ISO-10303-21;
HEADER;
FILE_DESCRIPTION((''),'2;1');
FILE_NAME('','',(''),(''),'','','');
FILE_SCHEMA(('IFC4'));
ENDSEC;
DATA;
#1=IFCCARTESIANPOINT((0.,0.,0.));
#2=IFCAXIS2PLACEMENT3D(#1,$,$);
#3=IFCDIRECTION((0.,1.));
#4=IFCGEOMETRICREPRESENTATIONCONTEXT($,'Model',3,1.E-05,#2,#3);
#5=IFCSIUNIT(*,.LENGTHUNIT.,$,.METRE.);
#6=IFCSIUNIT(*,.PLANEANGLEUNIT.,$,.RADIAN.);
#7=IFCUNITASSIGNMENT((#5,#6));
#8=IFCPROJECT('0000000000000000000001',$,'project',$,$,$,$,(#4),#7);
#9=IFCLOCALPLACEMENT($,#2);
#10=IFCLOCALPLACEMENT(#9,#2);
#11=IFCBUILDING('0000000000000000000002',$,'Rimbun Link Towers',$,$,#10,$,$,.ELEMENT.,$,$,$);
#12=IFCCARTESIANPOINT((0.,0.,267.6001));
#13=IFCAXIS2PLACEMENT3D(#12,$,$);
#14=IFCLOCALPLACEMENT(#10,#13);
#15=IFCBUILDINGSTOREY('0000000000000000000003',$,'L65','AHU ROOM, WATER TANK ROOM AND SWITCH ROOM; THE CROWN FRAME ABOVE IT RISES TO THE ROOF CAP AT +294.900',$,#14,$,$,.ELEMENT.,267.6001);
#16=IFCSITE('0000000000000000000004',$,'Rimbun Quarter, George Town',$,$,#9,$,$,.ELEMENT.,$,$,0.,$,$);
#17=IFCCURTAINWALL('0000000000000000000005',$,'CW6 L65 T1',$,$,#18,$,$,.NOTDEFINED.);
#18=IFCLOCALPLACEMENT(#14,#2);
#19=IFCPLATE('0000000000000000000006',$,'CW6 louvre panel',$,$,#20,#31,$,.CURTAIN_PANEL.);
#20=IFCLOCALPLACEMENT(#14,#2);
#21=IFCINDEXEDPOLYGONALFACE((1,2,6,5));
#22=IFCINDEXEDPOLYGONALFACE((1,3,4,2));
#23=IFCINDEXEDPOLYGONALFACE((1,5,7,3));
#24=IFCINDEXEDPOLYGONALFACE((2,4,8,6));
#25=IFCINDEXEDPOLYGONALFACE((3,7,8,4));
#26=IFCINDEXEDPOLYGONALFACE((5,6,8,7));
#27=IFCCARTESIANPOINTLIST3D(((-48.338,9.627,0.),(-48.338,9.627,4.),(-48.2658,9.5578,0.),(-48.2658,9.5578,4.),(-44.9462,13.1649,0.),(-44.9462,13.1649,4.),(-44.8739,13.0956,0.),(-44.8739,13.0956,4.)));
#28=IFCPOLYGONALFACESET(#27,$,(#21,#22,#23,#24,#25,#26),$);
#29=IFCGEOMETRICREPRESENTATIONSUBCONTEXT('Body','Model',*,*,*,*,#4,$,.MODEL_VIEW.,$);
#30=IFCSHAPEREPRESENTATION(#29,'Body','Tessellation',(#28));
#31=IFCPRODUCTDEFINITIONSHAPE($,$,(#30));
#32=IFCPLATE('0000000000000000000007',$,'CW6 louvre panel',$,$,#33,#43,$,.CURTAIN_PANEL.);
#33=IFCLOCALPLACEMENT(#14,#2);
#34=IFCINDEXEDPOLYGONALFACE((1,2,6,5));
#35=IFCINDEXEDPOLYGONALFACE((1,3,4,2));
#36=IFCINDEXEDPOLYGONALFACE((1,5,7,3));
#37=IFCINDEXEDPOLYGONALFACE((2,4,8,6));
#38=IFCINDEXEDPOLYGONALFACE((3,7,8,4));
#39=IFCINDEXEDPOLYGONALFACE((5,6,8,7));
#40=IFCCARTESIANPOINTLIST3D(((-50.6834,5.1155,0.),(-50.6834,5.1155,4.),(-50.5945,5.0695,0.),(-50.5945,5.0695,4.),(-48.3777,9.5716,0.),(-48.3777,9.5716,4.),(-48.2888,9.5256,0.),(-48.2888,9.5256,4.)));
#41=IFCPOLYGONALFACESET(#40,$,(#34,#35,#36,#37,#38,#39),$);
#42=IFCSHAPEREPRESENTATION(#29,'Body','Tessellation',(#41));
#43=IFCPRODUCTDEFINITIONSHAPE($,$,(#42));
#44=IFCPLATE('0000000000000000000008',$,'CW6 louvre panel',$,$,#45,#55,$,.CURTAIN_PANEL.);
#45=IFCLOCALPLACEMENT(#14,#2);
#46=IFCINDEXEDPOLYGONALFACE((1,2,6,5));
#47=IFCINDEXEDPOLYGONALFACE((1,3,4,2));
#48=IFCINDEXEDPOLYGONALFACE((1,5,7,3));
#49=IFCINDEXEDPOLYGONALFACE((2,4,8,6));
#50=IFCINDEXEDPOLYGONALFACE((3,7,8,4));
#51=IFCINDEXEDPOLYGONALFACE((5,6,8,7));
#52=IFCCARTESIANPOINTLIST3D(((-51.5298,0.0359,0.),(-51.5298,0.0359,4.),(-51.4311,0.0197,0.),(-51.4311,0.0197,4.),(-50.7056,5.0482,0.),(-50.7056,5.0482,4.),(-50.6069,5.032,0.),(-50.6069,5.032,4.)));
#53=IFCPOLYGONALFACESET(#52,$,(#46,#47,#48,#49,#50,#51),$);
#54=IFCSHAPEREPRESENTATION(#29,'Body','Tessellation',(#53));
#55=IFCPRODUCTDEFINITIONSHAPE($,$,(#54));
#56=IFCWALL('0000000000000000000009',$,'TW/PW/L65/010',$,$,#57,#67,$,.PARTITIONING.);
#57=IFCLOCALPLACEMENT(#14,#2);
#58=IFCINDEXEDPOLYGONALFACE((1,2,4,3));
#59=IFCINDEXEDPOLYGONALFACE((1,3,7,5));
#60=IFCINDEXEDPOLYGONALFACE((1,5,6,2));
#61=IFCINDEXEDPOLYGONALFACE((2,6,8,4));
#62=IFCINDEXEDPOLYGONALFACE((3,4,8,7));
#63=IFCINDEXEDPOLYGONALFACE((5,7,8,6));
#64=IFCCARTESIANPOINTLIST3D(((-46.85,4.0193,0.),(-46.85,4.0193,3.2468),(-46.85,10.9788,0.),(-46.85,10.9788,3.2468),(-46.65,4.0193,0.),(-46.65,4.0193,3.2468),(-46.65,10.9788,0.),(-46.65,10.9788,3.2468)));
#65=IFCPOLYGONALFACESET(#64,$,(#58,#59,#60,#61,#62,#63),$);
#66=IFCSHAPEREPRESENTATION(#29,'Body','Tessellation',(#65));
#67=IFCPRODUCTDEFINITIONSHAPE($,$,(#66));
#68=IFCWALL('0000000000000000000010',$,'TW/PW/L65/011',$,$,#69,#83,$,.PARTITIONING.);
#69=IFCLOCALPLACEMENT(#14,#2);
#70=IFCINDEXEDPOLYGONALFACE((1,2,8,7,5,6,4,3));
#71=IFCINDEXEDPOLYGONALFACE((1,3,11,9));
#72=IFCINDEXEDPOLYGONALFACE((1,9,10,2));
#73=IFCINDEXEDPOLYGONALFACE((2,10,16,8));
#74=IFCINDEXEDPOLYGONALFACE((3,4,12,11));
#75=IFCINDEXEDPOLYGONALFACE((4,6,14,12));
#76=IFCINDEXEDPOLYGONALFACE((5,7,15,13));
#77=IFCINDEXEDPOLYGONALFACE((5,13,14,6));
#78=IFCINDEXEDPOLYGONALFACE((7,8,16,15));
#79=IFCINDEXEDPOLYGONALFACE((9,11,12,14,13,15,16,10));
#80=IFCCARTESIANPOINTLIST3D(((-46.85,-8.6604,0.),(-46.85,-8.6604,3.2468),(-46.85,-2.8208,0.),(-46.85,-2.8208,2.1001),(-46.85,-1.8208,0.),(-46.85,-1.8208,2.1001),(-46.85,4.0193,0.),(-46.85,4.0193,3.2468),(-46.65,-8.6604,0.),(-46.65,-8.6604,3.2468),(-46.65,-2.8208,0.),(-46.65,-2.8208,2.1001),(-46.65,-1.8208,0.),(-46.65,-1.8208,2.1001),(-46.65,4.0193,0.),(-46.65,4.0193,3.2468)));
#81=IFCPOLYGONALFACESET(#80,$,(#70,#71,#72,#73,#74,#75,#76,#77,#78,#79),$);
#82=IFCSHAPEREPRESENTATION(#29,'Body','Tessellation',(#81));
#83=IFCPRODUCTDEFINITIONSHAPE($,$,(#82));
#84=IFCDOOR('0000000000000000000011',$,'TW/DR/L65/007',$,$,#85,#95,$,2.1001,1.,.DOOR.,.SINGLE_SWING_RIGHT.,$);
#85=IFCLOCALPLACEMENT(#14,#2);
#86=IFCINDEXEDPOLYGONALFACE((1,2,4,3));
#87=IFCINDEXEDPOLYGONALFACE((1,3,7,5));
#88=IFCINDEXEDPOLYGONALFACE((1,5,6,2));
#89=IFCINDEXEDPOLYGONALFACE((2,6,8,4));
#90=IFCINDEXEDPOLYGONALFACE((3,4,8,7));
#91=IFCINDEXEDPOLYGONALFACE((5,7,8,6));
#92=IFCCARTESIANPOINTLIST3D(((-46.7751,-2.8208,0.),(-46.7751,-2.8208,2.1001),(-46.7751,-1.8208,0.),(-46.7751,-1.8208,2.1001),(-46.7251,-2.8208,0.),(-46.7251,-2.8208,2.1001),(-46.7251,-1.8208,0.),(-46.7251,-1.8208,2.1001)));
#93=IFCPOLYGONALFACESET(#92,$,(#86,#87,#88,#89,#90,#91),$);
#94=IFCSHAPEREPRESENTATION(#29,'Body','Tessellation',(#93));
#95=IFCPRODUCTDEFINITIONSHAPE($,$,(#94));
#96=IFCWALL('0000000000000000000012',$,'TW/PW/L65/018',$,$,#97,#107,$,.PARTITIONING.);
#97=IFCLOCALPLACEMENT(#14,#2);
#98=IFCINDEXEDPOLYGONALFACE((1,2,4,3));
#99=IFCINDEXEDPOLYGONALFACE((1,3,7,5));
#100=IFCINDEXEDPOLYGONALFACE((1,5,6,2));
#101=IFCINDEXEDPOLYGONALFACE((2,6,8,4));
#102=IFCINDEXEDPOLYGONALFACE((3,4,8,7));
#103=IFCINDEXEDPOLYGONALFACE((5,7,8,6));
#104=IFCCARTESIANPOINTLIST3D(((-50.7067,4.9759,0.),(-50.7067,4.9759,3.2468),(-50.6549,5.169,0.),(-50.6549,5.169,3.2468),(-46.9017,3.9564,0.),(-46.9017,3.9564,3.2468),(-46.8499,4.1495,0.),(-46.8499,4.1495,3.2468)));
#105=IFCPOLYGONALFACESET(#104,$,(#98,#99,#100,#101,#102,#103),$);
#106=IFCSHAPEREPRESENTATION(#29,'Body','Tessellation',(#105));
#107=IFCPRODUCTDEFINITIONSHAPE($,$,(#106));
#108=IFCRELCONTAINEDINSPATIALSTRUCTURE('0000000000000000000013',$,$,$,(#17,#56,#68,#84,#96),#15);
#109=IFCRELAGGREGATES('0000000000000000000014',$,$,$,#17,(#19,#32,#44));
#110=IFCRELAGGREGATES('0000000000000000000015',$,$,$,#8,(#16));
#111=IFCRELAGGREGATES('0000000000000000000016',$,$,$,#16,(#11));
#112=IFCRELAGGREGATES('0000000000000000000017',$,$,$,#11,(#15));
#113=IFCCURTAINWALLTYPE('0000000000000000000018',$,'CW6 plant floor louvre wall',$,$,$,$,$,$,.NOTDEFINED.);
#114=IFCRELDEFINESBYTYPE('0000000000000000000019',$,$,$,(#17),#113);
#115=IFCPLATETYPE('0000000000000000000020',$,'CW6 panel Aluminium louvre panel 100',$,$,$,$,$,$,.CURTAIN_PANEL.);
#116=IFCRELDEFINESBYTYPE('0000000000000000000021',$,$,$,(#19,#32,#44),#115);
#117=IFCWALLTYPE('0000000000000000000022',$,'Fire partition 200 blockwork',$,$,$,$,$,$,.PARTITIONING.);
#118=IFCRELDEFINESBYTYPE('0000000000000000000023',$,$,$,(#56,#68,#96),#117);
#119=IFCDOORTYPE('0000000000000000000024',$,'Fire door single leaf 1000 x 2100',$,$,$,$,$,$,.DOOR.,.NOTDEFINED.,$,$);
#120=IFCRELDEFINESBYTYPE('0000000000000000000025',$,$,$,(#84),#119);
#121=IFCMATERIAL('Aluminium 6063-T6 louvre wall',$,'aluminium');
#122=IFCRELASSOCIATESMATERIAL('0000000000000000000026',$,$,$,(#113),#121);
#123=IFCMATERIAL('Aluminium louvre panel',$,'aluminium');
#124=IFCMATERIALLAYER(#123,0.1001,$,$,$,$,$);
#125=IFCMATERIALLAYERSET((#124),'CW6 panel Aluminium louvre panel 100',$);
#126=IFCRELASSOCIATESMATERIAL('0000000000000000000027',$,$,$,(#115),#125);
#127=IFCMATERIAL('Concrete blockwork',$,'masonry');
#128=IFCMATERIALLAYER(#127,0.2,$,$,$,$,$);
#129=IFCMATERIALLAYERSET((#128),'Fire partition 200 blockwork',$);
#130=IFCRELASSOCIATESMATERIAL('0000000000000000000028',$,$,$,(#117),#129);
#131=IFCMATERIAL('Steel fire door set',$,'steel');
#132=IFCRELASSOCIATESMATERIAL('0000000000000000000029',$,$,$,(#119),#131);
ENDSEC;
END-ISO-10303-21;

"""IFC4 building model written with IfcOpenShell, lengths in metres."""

from ifc_helpers import new_model, si_unit, direction, frame, frame_2d, origin, origin_2d, place, context, subcontext, project, spatial, rectangle, extrude, material, layer, layer_set, type_object, element, fill, aggregate, save


model = new_model("IFC4")

# Units and contexts
model_context = context("Model", 3, precision=1e-05, world=origin(), true_north=direction((0.0, 1.0)))
body_context = subcontext(model_context, "Body", "Model", "MODEL_VIEW")
ifc_project = project(units=[si_unit("LENGTHUNIT", "METRE"), si_unit("PLANEANGLEUNIT", "RADIAN")], contexts=[model_context])

# Site, building, storey
site_placement = place(None, origin())
site = spatial("IfcSite", under=ifc_project, at=site_placement, Name="Rimbun Quarter, George Town", CompositionType="ELEMENT", RefElevation=0.0)
building_placement = place(site_placement, origin())
building = spatial("IfcBuilding", under=site, at=building_placement, Name="Rimbun Link Towers", CompositionType="ELEMENT")
storey_placement = place(building_placement, frame((0.0, 0.0, 267.6001)))
storey = spatial("IfcBuildingStorey", under=building, at=storey_placement, Name="L65", Description="AHU ROOM, WATER TANK ROOM AND SWITCH ROOM; THE CROWN FRAME ABOVE IT RISES TO THE ROOF CAP AT +294.900", CompositionType="ELEMENT", Elevation=267.6001)

# Curtain wall
ifc_material_1 = material(Name="Aluminium 6063-T6 louvre wall", Category="aluminium")
curtain_wall_type = type_object("IfcCurtainWallType", Name="CW6 plant floor louvre wall", PredefinedType="NOTDEFINED", material=ifc_material_1)
curtain_wall_placement = place(storey_placement, origin())
curtain_wall = element("IfcCurtainWall", 1, at=curtain_wall_placement, inside=storey, type_object=curtain_wall_type, Name="CW6 L65 T1", PredefinedType="NOTDEFINED")

# Plates
ifc_material_2 = material(Name="Aluminium louvre panel", Category="aluminium")
ifc_layer_1 = layer(ifc_material_2, 0.1001)
ifc_layer_set_1 = layer_set([ifc_layer_1], Name="CW6 panel Aluminium louvre panel 100")
plate_type = type_object("IfcPlateType", Name="CW6 panel Aluminium louvre panel 100", PredefinedType="CURTAIN_PANEL", material=ifc_layer_set_1)
plate_1_placement = place(storey_placement, frame((-46.606, 11.3613, 0.0), z_axis=(0.0, 0.0, 1.0), x_axis=(0.692054, 0.721845, 0.0)))
plate_1 = element("IfcPlate", 2, at=plate_1_placement, type_object=plate_type, Name="CW6 louvre panel", PredefinedType="CURTAIN_PANEL", context=body_context, shape_type="SweptSolid", body=[
    extrude(rectangle(XDim=4.9011, YDim=0.1001, at=origin_2d()), origin(), (0.0, 0.0, 1.0), 4.0),
])
plate_2_placement = place(storey_placement, frame((-49.4861, 7.3206, 0.0), z_axis=(0.0, 0.0, 1.0), x_axis=(0.459557, 0.888148, 0.0)))
plate_2 = element("IfcPlate", 3, at=plate_2_placement, type_object=plate_type, Name="CW6 louvre panel", PredefinedType="CURTAIN_PANEL", context=body_context, shape_type="SweptSolid", body=[
    extrude(rectangle(XDim=5.0173, YDim=0.1001, at=origin_2d()), origin(), (0.0, 0.0, 1.0), 4.0),
])
plate_3_placement = place(storey_placement, frame((-51.0684, 2.5339, 0.0), z_axis=(0.0, 0.0, 1.0), x_axis=(0.162257, 0.986748, 0.0)))
plate_3 = element("IfcPlate", 4, at=plate_3_placement, type_object=plate_type, Name="CW6 louvre panel", PredefinedType="CURTAIN_PANEL", context=body_context, shape_type="SweptSolid", body=[
    extrude(rectangle(XDim=5.0796, YDim=0.1001, at=origin_2d()), origin(), (0.0, 0.0, 1.0), 4.0),
])
aggregate(curtain_wall, [plate_1, plate_2, plate_3])

# Wall
ifc_material_3 = material(Name="Concrete blockwork", Category="masonry")
ifc_layer_2 = layer(ifc_material_3, 0.2)
ifc_layer_set_2 = layer_set([ifc_layer_2], Name="Fire partition 200 blockwork")
wall_type = type_object("IfcWallType", Name="Fire partition 200 blockwork", PredefinedType="PARTITIONING", material=ifc_layer_set_2)
wall_1_placement = place(storey_placement, frame((-46.75, 10.9788, 0.0), z_axis=(0.0, 0.0, 1.0), x_axis=(0.0, -1.0, 0.0)))
element("IfcWall", 5, at=wall_1_placement, inside=storey, type_object=wall_type, Name="TW/PW/L65/010", PredefinedType="PARTITIONING", context=body_context, shape_type="SweptSolid", body=[
    extrude(rectangle(XDim=6.9595, YDim=0.2, at=frame_2d((3.4797, 0.0))), origin(), (0.0, 0.0, 1.0), 3.2468),
])

# Wall, opening, door
wall_2_placement = place(storey_placement, frame((-46.75, 4.0193, 0.0), z_axis=(0.0, 0.0, 1.0), x_axis=(0.0, -1.0, 0.0)))
wall_2 = element("IfcWall", 6, at=wall_2_placement, inside=storey, type_object=wall_type, Name="TW/PW/L65/011", PredefinedType="PARTITIONING", context=body_context, shape_type="SweptSolid", body=[
    extrude(rectangle(XDim=12.6797, YDim=0.2, at=frame_2d((6.3398, 0.0))), origin(), (0.0, 0.0, 1.0), 3.2468),
])
opening_placement = place(wall_2_placement, frame((5.8401, 0.0, 0.0)))
opening = element("IfcOpeningElement", 7, at=opening_placement, cuts=wall_2, PredefinedType="OPENING", context=body_context, shape_type="SweptSolid", body=[
    extrude(rectangle(XDim=1.0, YDim=2.1001, at=frame_2d((0.5, 1.05))), frame((0.0, 0.1099, 0.0), z_axis=(0.0, -1.0, 0.0), x_axis=(1.0, 0.0, 0.0)), (0.0, 0.0, 1.0), 0.22),
])
ifc_material_4 = material(Name="Steel fire door set", Category="steel")
door_type = type_object("IfcDoorType", Name="Fire door single leaf 1000 x 2100", OperationType="NOTDEFINED", PredefinedType="DOOR", material=ifc_material_4)
door_placement = place(opening_placement, origin())
door = element("IfcDoor", 8, at=door_placement, inside=storey, type_object=door_type, Name="TW/DR/L65/007", OperationType="SINGLE_SWING_RIGHT", OverallHeight=2.1001, OverallWidth=1.0, PredefinedType="DOOR", context=body_context, shape_type="SweptSolid", body=[
    extrude(rectangle(XDim=1.0, YDim=2.1001, at=frame_2d((0.5, 1.05))), frame((0.0, 0.0249, 0.0), z_axis=(0.0, -1.0, 0.0), x_axis=(1.0, 0.0, 0.0)), (0.0, 0.0, 1.0), 0.05),
])
fill(opening, door)

# Wall
wall_3_placement = place(storey_placement, frame((-50.6809, 5.0725, 0.0), z_axis=(0.0, 0.0, 1.0), x_axis=(0.965926, -0.25882, 0.0)))
element("IfcWall", 9, at=wall_3_placement, inside=storey, type_object=wall_type, Name="TW/PW/L65/018", PredefinedType="PARTITIONING", context=body_context, shape_type="SweptSolid", body=[
    extrude(rectangle(XDim=3.9392, YDim=0.2, at=frame_2d((1.9697, 0.0))), origin(), (0.0, 0.0, 1.0), 3.2468),
])

save(model, "model.ifc")
